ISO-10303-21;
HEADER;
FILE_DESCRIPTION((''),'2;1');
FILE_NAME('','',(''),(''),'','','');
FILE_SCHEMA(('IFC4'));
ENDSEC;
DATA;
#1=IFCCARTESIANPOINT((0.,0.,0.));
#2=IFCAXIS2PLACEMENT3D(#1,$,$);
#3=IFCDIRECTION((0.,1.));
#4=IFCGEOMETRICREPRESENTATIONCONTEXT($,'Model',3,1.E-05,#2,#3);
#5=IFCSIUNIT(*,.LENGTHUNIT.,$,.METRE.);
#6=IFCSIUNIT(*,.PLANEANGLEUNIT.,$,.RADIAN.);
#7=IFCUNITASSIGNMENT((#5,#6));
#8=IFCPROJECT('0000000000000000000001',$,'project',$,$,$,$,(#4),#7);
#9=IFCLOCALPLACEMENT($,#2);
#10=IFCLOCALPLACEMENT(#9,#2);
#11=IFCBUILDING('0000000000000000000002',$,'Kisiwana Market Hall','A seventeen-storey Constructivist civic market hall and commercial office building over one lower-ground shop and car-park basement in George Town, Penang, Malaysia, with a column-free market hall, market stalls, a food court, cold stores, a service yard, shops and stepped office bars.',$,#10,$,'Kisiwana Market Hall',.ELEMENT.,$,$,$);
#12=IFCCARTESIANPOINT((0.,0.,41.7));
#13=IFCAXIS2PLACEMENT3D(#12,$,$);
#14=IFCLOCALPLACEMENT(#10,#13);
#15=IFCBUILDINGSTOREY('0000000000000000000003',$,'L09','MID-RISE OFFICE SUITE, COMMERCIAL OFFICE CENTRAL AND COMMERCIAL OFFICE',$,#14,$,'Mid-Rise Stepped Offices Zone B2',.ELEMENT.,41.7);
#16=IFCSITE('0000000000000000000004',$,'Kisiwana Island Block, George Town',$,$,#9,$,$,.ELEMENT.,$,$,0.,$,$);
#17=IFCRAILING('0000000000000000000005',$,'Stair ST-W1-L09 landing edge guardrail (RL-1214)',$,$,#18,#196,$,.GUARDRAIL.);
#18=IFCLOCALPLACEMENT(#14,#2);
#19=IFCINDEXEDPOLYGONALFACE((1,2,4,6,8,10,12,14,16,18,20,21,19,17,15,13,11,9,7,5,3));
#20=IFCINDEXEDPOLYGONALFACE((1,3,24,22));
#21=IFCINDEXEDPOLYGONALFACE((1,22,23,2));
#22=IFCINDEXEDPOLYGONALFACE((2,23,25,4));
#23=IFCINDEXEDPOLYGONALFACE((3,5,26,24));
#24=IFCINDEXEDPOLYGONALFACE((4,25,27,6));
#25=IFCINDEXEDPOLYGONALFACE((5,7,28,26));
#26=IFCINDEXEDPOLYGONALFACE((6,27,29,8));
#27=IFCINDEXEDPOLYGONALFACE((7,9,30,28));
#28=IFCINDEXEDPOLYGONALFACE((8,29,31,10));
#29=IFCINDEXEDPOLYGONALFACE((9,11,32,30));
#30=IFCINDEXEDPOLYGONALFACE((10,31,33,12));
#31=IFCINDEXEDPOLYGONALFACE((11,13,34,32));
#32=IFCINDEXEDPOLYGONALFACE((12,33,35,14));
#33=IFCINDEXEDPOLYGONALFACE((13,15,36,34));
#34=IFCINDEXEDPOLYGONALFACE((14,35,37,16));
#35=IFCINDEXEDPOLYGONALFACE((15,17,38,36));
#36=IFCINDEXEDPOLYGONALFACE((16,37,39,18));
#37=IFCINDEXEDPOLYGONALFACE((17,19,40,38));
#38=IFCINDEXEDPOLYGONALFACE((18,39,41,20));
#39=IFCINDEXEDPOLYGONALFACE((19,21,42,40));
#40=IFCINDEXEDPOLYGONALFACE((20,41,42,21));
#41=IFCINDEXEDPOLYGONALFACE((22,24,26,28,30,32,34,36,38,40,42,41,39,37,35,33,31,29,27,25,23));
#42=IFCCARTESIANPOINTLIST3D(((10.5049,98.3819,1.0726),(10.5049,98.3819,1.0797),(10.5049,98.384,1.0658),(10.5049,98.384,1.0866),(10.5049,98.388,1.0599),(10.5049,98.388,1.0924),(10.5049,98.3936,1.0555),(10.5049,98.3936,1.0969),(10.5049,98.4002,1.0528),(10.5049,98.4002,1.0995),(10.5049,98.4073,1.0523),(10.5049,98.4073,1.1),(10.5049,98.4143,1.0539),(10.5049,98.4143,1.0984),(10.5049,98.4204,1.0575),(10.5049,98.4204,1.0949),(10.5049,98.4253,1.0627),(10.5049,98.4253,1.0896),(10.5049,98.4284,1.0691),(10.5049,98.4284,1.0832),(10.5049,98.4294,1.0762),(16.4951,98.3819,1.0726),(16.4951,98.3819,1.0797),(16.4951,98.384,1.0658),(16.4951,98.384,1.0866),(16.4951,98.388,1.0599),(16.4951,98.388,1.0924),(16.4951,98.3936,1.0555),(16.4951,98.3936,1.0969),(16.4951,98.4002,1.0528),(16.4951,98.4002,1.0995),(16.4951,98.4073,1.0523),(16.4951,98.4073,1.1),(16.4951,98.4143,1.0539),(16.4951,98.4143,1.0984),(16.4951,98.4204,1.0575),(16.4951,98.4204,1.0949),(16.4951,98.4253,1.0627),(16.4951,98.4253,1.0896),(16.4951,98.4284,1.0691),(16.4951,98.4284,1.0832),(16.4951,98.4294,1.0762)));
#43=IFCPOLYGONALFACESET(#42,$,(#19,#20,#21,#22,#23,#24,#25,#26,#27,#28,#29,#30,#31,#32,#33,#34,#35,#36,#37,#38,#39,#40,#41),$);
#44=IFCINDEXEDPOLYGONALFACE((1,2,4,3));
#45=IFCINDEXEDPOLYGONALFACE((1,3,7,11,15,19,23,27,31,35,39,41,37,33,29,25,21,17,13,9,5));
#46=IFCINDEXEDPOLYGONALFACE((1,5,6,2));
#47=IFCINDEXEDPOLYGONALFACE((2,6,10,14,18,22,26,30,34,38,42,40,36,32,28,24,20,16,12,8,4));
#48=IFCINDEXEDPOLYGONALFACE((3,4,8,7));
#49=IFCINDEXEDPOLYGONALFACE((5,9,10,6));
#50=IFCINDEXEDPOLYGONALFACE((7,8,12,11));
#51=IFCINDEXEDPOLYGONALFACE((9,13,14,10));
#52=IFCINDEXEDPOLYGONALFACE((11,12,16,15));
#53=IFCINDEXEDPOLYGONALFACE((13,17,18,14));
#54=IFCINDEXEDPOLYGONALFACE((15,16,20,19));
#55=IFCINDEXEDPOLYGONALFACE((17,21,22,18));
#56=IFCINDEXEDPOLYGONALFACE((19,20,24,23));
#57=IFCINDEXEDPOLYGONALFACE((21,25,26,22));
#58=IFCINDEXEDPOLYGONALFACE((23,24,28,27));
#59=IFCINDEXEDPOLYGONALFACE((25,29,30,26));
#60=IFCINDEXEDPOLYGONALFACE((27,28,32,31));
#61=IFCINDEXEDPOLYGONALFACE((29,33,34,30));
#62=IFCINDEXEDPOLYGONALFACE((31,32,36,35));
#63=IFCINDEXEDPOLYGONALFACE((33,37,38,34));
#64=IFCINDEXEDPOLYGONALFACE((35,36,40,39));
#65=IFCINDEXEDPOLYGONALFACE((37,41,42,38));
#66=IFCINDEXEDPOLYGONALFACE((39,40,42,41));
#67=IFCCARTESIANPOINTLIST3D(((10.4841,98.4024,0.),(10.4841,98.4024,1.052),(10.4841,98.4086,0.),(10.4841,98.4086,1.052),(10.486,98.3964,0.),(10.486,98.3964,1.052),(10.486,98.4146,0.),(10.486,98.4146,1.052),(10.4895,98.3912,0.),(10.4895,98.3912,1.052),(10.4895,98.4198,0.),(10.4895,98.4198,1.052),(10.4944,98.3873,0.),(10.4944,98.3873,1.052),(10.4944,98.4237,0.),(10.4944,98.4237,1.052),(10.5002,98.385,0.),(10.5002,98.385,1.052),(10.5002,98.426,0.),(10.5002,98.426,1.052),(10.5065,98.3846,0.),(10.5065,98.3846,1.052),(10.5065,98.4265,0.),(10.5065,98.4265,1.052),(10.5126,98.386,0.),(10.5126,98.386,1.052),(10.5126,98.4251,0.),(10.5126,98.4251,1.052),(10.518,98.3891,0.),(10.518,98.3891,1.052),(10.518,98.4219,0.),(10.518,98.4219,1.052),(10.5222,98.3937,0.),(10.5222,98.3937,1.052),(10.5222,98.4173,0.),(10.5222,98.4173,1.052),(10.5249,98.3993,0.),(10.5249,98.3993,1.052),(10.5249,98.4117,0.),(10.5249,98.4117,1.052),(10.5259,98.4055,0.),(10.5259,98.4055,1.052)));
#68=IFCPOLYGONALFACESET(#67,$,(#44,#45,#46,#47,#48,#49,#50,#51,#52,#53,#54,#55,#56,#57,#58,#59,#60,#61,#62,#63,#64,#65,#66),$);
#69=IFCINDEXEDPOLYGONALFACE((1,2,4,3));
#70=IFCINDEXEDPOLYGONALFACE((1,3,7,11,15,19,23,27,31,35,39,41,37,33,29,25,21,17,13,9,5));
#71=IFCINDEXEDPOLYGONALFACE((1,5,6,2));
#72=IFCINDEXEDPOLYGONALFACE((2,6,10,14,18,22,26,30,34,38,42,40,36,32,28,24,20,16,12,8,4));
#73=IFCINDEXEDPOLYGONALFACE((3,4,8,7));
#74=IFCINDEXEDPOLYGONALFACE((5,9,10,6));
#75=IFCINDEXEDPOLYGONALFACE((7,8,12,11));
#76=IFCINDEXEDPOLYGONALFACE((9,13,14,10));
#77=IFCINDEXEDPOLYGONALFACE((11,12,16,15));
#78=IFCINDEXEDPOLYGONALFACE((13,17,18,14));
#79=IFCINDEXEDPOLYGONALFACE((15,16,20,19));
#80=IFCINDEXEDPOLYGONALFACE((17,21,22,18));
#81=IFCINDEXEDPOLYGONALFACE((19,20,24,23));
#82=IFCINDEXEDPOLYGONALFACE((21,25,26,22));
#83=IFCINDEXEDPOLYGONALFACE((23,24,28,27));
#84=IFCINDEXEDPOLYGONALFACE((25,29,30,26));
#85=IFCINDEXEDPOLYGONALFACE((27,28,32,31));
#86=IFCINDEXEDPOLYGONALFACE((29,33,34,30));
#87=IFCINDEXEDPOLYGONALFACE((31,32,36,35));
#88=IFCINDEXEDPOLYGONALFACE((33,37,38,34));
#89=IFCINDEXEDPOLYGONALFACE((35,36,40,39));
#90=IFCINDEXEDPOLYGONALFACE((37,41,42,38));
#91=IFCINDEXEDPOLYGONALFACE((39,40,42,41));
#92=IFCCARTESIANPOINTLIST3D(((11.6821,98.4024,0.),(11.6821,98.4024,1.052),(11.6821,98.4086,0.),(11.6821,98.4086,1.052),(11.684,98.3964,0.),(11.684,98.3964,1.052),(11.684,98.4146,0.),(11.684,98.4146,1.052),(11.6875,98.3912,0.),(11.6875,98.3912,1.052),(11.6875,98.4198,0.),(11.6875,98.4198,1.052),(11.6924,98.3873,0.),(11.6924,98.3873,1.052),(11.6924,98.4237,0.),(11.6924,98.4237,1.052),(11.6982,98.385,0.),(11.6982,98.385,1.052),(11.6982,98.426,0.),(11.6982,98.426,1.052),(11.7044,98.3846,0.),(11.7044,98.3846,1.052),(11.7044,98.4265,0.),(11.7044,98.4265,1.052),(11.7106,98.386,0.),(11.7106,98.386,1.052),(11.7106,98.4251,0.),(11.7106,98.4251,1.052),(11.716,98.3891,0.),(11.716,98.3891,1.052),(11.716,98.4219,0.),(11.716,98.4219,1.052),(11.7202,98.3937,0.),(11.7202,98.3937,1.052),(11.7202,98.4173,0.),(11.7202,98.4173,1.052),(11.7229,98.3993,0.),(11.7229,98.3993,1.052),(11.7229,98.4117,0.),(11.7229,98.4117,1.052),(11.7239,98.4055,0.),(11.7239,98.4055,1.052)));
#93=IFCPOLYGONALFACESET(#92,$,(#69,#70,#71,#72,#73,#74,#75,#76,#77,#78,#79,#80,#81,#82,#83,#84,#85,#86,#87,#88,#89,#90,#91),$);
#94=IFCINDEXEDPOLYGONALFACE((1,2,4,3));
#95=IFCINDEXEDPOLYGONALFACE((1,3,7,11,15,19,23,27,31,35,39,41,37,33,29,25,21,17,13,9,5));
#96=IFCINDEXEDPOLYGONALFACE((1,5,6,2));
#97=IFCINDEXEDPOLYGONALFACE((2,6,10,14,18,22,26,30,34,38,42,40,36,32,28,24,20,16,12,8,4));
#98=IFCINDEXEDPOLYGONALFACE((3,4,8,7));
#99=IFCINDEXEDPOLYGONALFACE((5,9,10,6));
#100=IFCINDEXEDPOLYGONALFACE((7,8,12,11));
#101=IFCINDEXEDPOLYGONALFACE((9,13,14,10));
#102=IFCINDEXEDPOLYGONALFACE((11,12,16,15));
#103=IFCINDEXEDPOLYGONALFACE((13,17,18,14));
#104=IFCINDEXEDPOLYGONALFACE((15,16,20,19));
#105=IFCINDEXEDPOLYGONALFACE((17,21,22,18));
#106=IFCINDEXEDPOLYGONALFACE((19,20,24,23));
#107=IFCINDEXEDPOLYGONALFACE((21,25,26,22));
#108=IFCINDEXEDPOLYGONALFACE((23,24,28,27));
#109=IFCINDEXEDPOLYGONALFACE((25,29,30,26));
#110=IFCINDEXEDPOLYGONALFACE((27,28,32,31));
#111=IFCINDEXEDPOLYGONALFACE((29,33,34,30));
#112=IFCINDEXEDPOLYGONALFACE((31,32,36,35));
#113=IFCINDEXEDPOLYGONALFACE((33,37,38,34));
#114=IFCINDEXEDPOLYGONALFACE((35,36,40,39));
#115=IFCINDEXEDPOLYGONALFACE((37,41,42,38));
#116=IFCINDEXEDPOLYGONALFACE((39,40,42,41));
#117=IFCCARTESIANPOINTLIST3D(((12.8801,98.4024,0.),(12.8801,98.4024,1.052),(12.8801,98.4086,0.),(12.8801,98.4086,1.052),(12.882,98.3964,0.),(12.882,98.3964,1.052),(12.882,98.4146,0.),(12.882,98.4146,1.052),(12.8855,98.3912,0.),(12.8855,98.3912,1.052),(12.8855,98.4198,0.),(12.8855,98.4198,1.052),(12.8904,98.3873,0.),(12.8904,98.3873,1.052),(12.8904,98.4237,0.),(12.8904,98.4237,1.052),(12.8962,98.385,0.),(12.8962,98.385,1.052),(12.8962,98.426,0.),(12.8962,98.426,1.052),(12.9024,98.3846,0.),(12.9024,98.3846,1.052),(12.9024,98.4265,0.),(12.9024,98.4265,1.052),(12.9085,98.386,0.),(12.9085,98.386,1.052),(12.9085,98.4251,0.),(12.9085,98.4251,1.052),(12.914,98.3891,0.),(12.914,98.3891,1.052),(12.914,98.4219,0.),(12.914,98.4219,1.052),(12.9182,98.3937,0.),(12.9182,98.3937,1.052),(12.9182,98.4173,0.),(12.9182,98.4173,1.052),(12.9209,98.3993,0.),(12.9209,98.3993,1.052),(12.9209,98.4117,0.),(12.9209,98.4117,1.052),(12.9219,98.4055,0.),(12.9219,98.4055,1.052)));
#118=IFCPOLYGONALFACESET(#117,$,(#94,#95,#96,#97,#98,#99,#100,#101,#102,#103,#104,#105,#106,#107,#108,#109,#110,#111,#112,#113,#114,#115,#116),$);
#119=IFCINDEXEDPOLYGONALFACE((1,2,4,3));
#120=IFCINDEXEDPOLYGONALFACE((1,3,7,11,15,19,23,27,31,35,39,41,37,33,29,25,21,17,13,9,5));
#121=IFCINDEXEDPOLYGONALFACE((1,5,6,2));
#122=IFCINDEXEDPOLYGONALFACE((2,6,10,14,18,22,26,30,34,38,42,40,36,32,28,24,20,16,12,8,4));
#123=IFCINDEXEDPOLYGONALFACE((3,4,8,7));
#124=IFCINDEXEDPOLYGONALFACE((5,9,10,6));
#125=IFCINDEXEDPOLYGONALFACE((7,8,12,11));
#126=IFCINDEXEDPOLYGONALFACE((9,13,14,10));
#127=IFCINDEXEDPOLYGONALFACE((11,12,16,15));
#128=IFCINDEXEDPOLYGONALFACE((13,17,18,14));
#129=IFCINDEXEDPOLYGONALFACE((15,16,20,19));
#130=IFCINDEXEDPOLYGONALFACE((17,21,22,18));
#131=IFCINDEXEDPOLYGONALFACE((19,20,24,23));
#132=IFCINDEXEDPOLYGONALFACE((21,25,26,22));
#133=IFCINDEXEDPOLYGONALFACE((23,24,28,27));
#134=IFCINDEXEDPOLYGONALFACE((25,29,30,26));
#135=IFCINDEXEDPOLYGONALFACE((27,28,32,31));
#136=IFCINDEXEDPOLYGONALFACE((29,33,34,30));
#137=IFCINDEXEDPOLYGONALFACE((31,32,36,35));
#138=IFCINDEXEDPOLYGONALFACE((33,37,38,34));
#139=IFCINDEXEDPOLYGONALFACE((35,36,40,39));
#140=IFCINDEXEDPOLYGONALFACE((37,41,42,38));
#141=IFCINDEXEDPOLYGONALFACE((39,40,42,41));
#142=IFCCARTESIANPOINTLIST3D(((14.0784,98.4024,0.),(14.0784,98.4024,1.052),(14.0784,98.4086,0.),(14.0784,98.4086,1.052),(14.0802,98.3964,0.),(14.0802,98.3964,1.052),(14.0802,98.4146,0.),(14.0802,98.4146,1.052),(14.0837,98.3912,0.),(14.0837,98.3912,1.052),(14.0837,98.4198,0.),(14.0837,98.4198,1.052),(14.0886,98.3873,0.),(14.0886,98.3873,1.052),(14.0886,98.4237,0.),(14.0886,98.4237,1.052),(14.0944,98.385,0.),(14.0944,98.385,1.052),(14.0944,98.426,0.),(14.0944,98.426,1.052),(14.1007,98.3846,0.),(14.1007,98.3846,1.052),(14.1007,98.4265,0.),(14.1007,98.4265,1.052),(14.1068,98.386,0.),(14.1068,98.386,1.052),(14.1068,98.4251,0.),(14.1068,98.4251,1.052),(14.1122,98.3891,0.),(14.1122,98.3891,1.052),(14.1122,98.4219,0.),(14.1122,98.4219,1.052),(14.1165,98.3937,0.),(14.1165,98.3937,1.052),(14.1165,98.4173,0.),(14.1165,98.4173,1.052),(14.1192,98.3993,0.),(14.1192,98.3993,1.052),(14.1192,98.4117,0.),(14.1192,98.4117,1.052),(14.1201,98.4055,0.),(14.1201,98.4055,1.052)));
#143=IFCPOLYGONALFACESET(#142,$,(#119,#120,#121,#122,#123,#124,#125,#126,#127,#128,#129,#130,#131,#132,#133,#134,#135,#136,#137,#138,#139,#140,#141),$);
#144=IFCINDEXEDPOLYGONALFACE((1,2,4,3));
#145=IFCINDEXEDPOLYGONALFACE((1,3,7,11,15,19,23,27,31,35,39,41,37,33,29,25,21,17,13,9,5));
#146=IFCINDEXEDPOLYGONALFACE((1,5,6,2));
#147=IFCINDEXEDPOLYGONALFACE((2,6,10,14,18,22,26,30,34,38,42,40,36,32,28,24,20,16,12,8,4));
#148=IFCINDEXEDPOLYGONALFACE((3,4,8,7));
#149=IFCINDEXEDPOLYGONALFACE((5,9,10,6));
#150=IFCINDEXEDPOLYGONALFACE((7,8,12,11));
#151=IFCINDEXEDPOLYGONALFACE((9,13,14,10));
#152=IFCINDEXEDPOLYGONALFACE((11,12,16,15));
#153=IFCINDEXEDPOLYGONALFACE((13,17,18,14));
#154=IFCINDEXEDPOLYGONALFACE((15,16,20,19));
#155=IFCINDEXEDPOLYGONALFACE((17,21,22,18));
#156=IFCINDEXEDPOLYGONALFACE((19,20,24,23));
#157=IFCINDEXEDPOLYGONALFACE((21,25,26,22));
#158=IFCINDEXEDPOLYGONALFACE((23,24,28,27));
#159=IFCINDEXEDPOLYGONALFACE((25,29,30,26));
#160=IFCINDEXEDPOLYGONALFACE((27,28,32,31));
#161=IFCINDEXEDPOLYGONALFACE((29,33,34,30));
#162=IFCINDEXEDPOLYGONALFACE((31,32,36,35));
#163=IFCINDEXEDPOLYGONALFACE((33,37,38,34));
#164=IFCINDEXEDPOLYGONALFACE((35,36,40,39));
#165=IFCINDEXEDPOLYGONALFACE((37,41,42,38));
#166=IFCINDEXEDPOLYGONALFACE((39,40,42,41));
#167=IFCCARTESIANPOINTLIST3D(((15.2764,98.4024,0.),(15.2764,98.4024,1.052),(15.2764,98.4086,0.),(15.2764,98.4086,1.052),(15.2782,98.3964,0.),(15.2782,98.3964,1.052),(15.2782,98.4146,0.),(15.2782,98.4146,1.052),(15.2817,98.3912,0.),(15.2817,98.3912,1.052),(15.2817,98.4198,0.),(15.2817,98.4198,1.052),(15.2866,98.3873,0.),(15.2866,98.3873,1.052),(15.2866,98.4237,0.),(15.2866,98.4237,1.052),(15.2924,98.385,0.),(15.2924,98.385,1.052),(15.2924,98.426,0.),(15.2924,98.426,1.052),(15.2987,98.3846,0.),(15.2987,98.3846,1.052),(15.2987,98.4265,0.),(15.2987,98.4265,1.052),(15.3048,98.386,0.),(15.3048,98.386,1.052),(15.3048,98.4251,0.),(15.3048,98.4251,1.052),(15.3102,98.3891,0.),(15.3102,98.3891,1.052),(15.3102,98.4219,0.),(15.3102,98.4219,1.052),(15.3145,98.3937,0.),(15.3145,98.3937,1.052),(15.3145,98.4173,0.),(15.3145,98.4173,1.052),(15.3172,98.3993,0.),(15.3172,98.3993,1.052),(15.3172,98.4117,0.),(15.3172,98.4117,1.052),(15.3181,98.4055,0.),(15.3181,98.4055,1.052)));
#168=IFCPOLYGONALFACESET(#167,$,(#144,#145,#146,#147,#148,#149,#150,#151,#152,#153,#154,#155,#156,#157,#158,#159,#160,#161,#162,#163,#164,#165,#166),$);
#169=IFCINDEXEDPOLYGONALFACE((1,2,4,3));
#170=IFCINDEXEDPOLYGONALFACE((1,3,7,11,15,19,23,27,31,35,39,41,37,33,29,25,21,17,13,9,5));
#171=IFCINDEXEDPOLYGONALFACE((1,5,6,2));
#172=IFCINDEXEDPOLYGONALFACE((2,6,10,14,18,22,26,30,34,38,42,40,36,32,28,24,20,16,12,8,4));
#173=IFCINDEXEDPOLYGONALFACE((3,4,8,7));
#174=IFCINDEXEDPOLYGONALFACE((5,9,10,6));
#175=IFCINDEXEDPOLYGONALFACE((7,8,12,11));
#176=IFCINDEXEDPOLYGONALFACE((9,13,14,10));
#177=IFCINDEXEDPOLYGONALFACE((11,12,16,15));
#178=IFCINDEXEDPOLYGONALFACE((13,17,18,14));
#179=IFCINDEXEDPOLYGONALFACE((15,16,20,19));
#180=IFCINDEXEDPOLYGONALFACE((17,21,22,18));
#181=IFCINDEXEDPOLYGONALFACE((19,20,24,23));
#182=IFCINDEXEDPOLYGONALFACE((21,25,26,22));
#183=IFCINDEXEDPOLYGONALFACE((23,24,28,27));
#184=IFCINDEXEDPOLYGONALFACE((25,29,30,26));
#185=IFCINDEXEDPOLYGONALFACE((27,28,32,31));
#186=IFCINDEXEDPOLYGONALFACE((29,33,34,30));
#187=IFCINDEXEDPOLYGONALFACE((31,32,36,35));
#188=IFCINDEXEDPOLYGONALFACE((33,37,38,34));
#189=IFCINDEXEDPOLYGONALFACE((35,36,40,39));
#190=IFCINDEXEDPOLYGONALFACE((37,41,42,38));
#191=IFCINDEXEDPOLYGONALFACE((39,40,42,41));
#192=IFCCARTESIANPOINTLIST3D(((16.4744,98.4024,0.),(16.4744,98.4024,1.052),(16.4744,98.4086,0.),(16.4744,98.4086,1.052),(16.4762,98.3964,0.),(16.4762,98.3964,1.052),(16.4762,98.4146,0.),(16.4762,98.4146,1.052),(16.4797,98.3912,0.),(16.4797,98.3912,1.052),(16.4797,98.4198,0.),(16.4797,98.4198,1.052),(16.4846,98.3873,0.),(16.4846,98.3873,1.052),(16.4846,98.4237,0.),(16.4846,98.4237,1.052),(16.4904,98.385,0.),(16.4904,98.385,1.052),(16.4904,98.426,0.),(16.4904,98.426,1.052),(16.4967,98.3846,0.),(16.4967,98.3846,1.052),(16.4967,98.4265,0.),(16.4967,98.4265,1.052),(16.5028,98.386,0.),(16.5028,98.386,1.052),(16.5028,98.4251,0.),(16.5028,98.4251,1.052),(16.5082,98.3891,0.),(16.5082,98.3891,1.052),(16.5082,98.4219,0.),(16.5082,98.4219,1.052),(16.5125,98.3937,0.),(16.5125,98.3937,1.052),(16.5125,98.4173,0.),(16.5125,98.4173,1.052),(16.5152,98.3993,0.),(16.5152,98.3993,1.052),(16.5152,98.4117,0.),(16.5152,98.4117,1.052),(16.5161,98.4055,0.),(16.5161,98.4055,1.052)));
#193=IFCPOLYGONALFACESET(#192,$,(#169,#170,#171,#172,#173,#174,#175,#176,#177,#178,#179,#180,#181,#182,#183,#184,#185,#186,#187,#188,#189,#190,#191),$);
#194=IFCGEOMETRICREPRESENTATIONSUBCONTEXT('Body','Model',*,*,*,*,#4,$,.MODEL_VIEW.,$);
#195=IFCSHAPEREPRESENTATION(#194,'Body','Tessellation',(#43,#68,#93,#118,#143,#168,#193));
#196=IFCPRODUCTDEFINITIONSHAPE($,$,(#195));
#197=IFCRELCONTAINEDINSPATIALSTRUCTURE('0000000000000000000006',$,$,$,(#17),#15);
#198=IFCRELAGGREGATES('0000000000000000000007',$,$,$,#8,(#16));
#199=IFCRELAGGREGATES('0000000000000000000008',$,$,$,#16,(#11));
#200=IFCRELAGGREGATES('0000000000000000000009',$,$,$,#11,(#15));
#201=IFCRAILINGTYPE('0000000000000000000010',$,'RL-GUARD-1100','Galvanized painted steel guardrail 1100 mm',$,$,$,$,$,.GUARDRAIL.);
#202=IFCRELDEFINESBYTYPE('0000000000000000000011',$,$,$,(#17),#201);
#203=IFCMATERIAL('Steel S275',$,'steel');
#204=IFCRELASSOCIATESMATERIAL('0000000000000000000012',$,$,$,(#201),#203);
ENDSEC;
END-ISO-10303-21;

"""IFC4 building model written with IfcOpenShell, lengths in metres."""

from ifc_helpers import new_model, si_unit, direction, frame, origin, origin_2d, place, context, subcontext, project, spatial, circle, extrude, material, type_object, element, save


model = new_model("IFC4")

# Units and contexts
model_context = context("Model", 3, precision=1e-05, world=origin(), true_north=direction((0.0, 1.0)))
body_context = subcontext(model_context, "Body", "Model", "MODEL_VIEW")
ifc_project = project(units=[si_unit("LENGTHUNIT", "METRE"), si_unit("PLANEANGLEUNIT", "RADIAN")], contexts=[model_context])

# Site, building, storey
site_placement = place(None, origin())
site = spatial("IfcSite", under=ifc_project, at=site_placement, Name="Kisiwana Island Block, George Town", CompositionType="ELEMENT", RefElevation=0.0)
building_placement = place(site_placement, origin())
building = spatial("IfcBuilding", under=site, at=building_placement, Name="Kisiwana Market Hall", Description="A seventeen-storey Constructivist civic market hall and commercial office building over one lower-ground shop and car-park basement in George Town, Penang, Malaysia, with a column-free market hall, market stalls, a food court, cold stores, a service yard, shops and stepped office bars.", LongName="Kisiwana Market Hall", CompositionType="ELEMENT")
storey_placement = place(building_placement, frame((0.0, 0.0, 41.7)))
storey = spatial("IfcBuildingStorey", under=building, at=storey_placement, Name="L09", Description="MID-RISE OFFICE SUITE, COMMERCIAL OFFICE CENTRAL AND COMMERCIAL OFFICE", LongName="Mid-Rise Stepped Offices Zone B2", CompositionType="ELEMENT", Elevation=41.7)

# Railing
ifc_material_1 = material(Name="Steel S275", Category="steel")
railing_type_1 = type_object("IfcRailingType", Name="RL-GUARD-1100", Description="Galvanized painted steel guardrail 1100 mm", PredefinedType="GUARDRAIL", material=ifc_material_1)
railing_1_placement = place(storey_placement, frame((10.5049, 98.4055, 0.0)))
element("IfcRailing", 1, at=railing_1_placement, inside=storey, type_object=railing_type_1, Name="Stair ST-W1-L09 landing edge guardrail (RL-1214)", PredefinedType="GUARDRAIL", context=body_context, shape_type="SweptSolid", body=[
    extrude(circle(Radius=0.0239, at=origin_2d()), frame((0.0, 0.0, 1.0762), z_axis=(1.0, 0.0, 0.0), x_axis=(0.0, 1.0, 0.0)), (0.0, 0.0, 1.0), 5.9902),
    extrude(circle(Radius=0.021, at=origin_2d()), origin(), (0.0, 0.0, 1.0), 1.052),
    extrude(circle(Radius=0.021, at=origin_2d()), frame((1.198, 0.0, 0.0)), (0.0, 0.0, 1.0), 1.052),
    extrude(circle(Radius=0.021, at=origin_2d()), frame((2.396, 0.0, 0.0)), (0.0, 0.0, 1.0), 1.052),
    extrude(circle(Radius=0.021, at=origin_2d()), frame((3.5942, 0.0, 0.0)), (0.0, 0.0, 1.0), 1.052),
    extrude(circle(Radius=0.021, at=origin_2d()), frame((4.7922, 0.0, 0.0)), (0.0, 0.0, 1.0), 1.052),
    extrude(circle(Radius=0.021, at=origin_2d()), frame((5.9902, 0.0, 0.0)), (0.0, 0.0, 1.0), 1.052),
])

save(model, "model.ifc")
